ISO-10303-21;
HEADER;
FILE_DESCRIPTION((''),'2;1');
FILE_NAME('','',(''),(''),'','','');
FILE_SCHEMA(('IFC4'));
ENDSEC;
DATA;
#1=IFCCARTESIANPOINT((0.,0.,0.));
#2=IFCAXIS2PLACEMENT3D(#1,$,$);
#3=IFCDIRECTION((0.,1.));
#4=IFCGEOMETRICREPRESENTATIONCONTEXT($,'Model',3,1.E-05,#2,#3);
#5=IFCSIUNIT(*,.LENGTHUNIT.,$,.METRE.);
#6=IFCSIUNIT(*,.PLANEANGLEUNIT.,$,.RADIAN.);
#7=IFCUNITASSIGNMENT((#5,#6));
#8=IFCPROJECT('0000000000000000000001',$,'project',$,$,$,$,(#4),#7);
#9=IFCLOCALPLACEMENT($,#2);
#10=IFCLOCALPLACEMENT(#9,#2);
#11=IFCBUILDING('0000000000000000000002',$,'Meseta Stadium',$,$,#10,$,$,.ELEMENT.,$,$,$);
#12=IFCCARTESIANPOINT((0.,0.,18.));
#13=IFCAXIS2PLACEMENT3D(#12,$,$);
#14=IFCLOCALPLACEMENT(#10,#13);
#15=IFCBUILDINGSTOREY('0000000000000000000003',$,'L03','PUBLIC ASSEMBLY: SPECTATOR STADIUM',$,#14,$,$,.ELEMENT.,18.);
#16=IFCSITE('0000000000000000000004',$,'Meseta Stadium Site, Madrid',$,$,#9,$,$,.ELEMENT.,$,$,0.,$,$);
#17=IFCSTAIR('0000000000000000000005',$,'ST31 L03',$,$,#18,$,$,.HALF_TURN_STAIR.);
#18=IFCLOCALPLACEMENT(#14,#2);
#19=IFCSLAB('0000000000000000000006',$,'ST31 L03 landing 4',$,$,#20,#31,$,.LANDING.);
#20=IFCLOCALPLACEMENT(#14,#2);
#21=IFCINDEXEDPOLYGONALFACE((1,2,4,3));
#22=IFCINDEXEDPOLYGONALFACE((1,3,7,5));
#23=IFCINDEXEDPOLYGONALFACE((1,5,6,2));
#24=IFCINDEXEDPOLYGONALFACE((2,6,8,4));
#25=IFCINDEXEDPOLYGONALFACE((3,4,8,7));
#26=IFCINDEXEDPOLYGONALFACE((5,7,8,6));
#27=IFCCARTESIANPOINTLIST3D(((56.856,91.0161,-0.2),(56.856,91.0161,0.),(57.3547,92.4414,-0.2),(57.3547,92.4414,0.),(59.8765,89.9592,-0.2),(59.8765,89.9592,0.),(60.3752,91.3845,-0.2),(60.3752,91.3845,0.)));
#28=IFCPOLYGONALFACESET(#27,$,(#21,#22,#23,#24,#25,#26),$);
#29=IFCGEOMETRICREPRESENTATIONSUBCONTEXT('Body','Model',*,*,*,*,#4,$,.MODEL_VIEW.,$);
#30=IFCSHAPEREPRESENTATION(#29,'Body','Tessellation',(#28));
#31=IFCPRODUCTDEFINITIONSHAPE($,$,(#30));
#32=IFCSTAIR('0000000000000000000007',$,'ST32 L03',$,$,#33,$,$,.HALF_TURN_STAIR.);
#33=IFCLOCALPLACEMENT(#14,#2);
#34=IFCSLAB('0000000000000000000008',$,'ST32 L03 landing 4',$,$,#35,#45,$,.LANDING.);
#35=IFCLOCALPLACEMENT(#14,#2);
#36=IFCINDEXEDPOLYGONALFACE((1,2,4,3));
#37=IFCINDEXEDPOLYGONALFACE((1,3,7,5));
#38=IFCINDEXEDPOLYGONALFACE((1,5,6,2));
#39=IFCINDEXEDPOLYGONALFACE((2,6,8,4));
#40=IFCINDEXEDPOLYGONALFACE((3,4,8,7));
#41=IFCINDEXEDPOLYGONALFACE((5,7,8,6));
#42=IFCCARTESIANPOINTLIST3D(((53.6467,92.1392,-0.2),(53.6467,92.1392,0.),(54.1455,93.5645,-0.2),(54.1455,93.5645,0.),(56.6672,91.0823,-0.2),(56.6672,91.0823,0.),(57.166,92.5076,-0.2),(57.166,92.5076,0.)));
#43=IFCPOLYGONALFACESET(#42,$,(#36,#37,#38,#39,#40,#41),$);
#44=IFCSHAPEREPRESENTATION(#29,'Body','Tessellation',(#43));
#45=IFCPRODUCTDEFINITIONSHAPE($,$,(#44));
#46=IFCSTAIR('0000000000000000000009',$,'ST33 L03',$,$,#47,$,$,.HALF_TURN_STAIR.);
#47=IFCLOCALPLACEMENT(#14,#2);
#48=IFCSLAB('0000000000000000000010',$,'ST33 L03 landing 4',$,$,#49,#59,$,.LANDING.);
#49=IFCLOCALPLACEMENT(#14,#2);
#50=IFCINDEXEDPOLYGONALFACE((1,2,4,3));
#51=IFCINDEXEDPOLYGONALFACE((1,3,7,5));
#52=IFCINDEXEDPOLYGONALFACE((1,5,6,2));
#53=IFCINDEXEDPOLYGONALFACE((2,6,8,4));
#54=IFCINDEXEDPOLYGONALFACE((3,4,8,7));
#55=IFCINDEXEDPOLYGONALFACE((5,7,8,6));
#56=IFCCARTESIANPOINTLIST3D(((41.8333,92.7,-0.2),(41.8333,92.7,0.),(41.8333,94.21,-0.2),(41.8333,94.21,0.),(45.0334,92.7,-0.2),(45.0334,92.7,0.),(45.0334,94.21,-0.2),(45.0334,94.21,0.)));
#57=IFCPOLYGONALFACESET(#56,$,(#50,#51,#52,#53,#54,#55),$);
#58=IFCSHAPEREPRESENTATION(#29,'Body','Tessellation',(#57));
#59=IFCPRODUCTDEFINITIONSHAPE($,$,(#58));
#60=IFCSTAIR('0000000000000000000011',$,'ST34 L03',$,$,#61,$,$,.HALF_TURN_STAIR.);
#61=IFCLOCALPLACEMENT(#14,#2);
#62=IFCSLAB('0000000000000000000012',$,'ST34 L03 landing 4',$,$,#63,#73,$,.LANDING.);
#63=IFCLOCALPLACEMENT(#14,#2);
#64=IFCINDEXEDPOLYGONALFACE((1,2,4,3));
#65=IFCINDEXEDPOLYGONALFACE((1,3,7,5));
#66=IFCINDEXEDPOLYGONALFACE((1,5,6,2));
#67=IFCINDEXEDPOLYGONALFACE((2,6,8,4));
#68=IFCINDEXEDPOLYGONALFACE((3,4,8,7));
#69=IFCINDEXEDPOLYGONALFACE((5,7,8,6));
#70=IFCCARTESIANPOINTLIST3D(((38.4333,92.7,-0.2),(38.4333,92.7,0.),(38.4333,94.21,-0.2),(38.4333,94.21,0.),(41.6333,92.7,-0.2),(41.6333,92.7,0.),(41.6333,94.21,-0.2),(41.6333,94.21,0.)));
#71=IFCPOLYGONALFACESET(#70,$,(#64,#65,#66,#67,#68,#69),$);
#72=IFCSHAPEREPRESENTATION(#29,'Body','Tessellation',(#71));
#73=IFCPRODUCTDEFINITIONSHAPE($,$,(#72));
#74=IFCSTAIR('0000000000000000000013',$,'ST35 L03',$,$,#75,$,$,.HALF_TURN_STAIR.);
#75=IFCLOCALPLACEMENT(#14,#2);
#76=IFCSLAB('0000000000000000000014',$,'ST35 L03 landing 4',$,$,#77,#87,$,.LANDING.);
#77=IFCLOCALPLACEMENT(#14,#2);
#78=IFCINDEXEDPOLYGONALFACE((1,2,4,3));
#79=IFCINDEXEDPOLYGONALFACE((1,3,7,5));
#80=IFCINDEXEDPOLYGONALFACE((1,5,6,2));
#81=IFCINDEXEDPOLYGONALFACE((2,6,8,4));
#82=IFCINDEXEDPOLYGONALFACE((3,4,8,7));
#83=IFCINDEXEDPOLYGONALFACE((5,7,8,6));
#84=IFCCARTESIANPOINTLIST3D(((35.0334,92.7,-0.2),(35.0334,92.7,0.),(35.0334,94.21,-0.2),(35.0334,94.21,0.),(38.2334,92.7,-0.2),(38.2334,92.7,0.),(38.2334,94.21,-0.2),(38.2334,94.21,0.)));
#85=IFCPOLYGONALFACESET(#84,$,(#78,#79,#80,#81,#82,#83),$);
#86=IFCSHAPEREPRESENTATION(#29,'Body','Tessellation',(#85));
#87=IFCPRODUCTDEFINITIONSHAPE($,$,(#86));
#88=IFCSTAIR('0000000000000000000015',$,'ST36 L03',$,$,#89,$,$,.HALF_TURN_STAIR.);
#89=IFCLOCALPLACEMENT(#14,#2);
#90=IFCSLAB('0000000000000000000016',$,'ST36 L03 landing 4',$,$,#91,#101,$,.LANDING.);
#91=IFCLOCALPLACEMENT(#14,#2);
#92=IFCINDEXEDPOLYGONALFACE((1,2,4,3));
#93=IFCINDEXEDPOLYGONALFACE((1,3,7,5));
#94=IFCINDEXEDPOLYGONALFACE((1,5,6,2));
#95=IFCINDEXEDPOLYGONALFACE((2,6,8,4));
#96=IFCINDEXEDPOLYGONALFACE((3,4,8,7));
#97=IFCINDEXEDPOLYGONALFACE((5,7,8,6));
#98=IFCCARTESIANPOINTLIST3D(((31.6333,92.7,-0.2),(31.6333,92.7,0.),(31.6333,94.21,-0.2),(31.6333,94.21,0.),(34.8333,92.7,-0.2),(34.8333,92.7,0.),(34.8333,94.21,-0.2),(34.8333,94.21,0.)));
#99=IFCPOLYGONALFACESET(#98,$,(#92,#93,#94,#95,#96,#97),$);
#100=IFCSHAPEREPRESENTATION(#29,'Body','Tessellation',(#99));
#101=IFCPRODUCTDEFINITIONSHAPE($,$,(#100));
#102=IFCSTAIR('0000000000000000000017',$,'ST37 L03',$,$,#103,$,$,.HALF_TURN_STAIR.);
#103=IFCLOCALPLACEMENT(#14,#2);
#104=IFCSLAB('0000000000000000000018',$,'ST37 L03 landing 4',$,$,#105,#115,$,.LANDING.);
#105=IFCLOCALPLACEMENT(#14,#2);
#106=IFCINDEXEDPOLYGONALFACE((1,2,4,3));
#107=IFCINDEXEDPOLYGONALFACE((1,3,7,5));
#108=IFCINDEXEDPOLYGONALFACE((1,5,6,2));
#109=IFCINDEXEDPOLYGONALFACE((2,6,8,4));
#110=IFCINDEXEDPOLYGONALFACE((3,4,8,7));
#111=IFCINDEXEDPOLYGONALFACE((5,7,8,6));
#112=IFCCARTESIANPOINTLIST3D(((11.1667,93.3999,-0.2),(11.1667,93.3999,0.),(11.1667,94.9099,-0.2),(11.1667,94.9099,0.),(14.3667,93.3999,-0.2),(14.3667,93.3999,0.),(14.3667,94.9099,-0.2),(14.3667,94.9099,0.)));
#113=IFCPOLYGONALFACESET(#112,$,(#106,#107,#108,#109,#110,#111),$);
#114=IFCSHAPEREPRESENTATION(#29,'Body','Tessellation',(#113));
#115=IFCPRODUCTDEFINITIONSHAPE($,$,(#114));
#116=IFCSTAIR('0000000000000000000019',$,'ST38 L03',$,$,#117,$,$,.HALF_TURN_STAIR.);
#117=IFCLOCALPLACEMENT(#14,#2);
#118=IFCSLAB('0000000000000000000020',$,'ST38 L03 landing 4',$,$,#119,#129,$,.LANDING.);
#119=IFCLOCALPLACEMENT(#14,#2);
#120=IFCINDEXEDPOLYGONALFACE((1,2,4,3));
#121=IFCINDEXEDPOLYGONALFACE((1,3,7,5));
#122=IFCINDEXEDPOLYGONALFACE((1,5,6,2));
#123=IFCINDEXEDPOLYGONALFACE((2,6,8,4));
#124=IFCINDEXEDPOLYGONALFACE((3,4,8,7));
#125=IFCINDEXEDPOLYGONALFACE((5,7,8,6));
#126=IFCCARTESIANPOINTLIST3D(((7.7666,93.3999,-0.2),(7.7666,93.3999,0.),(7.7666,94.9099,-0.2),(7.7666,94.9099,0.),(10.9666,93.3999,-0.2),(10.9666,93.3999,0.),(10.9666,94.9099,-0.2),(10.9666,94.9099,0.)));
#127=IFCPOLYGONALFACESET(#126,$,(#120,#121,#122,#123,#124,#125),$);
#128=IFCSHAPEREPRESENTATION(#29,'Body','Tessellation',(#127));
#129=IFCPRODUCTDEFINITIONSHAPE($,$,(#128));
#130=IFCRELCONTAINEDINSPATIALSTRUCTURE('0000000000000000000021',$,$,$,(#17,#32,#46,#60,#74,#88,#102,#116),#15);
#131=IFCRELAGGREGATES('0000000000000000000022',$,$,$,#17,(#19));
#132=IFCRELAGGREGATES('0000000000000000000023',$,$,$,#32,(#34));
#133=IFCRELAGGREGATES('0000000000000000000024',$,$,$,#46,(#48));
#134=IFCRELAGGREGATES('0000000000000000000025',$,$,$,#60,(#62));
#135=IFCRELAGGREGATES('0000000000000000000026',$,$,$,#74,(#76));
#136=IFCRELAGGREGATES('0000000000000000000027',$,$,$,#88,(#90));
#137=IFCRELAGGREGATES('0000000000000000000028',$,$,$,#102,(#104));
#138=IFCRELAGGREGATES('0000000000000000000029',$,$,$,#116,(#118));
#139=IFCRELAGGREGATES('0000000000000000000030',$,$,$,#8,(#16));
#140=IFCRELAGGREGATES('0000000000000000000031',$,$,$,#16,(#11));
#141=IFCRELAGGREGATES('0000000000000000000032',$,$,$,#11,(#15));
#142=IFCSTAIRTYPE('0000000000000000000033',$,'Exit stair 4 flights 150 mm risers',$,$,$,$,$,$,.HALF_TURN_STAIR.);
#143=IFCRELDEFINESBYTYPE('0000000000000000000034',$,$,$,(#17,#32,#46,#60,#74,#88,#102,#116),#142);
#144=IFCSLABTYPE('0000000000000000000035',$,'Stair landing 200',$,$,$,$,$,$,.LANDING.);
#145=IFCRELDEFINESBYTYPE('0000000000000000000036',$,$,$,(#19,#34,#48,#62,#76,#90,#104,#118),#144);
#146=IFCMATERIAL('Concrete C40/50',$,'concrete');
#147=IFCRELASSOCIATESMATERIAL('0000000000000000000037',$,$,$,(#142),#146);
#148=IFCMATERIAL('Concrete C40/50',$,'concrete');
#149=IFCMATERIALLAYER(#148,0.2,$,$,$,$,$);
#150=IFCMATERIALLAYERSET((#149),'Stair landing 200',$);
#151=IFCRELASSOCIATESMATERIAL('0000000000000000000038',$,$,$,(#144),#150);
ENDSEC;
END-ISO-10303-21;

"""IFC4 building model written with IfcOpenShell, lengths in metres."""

from ifc_helpers import new_model, si_unit, direction, frame, origin, place, context, subcontext, project, spatial, polyline, outline, extrude, material, layer, layer_set, type_object, element, aggregate, save


model = new_model("IFC4")

# Units and contexts
model_context = context("Model", 3, precision=1e-05, world=origin(), true_north=direction((0.0, 1.0)))
body_context = subcontext(model_context, "Body", "Model", "MODEL_VIEW")
ifc_project = project(units=[si_unit("LENGTHUNIT", "METRE"), si_unit("PLANEANGLEUNIT", "RADIAN")], contexts=[model_context])

# Site, building, storey
site_placement = place(None, origin())
site = spatial("IfcSite", under=ifc_project, at=site_placement, Name="Meseta Stadium Site, Madrid", CompositionType="ELEMENT", RefElevation=0.0)
building_placement = place(site_placement, origin())
building = spatial("IfcBuilding", under=site, at=building_placement, Name="Meseta Stadium", CompositionType="ELEMENT")
storey_placement = place(building_placement, frame((0.0, 0.0, 18.0)))
storey = spatial("IfcBuildingStorey", under=building, at=storey_placement, Name="L03", Description="PUBLIC ASSEMBLY: SPECTATOR STADIUM", CompositionType="ELEMENT", Elevation=18.0)

# Shared definitions
ifc_material_1 = material(Name="Concrete C40/50", Category="concrete")
stair_type = type_object("IfcStairType", Name="Exit stair 4 flights 150 mm risers", PredefinedType="HALF_TURN_STAIR", material=ifc_material_1)
ifc_material_2 = material(Name="Concrete C40/50", Category="concrete")
ifc_layer = layer(ifc_material_2, 0.2)
ifc_layer_set = layer_set([ifc_layer], Name="Stair landing 200")
slab_type = type_object("IfcSlabType", Name="Stair landing 200", PredefinedType="LANDING", material=ifc_layer_set)

# Stairs, slabs
stair_1_placement = place(storey_placement, origin())
stair_1 = element("IfcStair", 1, at=stair_1_placement, inside=storey, type_object=stair_type, Name="ST31 L03", PredefinedType="HALF_TURN_STAIR")
slab_1_placement = place(storey_placement, frame((0.0, 0.0, -0.2)))
slab_1 = element("IfcSlab", 2, at=slab_1_placement, type_object=slab_type, Name="ST31 L03 landing 4", PredefinedType="LANDING", context=body_context, shape_type="SweptSolid", body=[
    extrude(outline(polyline([(59.8765, 89.9592), (60.3752, 91.3845), (57.3547, 92.4414), (56.856, 91.0161), (59.8765, 89.9592)])), origin(), (0.0, 0.0, 1.0), 0.2),
])
aggregate(stair_1, [slab_1])
stair_2_placement = place(storey_placement, origin())
stair_2 = element("IfcStair", 3, at=stair_2_placement, inside=storey, type_object=stair_type, Name="ST32 L03", PredefinedType="HALF_TURN_STAIR")
slab_2_placement = place(storey_placement, frame((0.0, 0.0, -0.2)))
slab_2 = element("IfcSlab", 4, at=slab_2_placement, type_object=slab_type, Name="ST32 L03 landing 4", PredefinedType="LANDING", context=body_context, shape_type="SweptSolid", body=[
    extrude(outline(polyline([(56.6672, 91.0823), (57.166, 92.5076), (54.1455, 93.5645), (53.6467, 92.1392), (56.6672, 91.0823)])), origin(), (0.0, 0.0, 1.0), 0.2),
])
aggregate(stair_2, [slab_2])
stair_3_placement = place(storey_placement, origin())
stair_3 = element("IfcStair", 5, at=stair_3_placement, inside=storey, type_object=stair_type, Name="ST33 L03", PredefinedType="HALF_TURN_STAIR")
slab_3_placement = place(storey_placement, frame((0.0, 0.0, -0.2)))
slab_3 = element("IfcSlab", 6, at=slab_3_placement, type_object=slab_type, Name="ST33 L03 landing 4", PredefinedType="LANDING", context=body_context, shape_type="SweptSolid", body=[
    extrude(outline(polyline([(45.0334, 92.7), (45.0334, 94.21), (41.8333, 94.21), (41.8333, 92.7), (45.0334, 92.7)])), origin(), (0.0, 0.0, 1.0), 0.2),
])
aggregate(stair_3, [slab_3])
stair_4_placement = place(storey_placement, origin())
stair_4 = element("IfcStair", 7, at=stair_4_placement, inside=storey, type_object=stair_type, Name="ST34 L03", PredefinedType="HALF_TURN_STAIR")
slab_4_placement = place(storey_placement, frame((0.0, 0.0, -0.2)))
slab_4 = element("IfcSlab", 8, at=slab_4_placement, type_object=slab_type, Name="ST34 L03 landing 4", PredefinedType="LANDING", context=body_context, shape_type="SweptSolid", body=[
    extrude(outline(polyline([(41.6333, 92.7), (41.6333, 94.21), (38.4333, 94.21), (38.4333, 92.7), (41.6333, 92.7)])), origin(), (0.0, 0.0, 1.0), 0.2),
])
aggregate(stair_4, [slab_4])
stair_5_placement = place(storey_placement, origin())
stair_5 = element("IfcStair", 9, at=stair_5_placement, inside=storey, type_object=stair_type, Name="ST35 L03", PredefinedType="HALF_TURN_STAIR")
slab_5_placement = place(storey_placement, frame((0.0, 0.0, -0.2)))
slab_5 = element("IfcSlab", 10, at=slab_5_placement, type_object=slab_type, Name="ST35 L03 landing 4", PredefinedType="LANDING", context=body_context, shape_type="SweptSolid", body=[
    extrude(outline(polyline([(38.2334, 92.7), (38.2334, 94.21), (35.0334, 94.21), (35.0334, 92.7), (38.2334, 92.7)])), origin(), (0.0, 0.0, 1.0), 0.2),
])
aggregate(stair_5, [slab_5])
stair_6_placement = place(storey_placement, origin())
stair_6 = element("IfcStair", 11, at=stair_6_placement, inside=storey, type_object=stair_type, Name="ST36 L03", PredefinedType="HALF_TURN_STAIR")
slab_6_placement = place(storey_placement, frame((0.0, 0.0, -0.2)))
slab_6 = element("IfcSlab", 12, at=slab_6_placement, type_object=slab_type, Name="ST36 L03 landing 4", PredefinedType="LANDING", context=body_context, shape_type="SweptSolid", body=[
    extrude(outline(polyline([(34.8333, 92.7), (34.8333, 94.21), (31.6333, 94.21), (31.6333, 92.7), (34.8333, 92.7)])), origin(), (0.0, 0.0, 1.0), 0.2),
])
aggregate(stair_6, [slab_6])
stair_7_placement = place(storey_placement, origin())
stair_7 = element("IfcStair", 13, at=stair_7_placement, inside=storey, type_object=stair_type, Name="ST37 L03", PredefinedType="HALF_TURN_STAIR")
slab_7_placement = place(storey_placement, frame((0.0, 0.0, -0.2)))
slab_7 = element("IfcSlab", 14, at=slab_7_placement, type_object=slab_type, Name="ST37 L03 landing 4", PredefinedType="LANDING", context=body_context, shape_type="SweptSolid", body=[
    extrude(outline(polyline([(14.3667, 93.3999), (14.3667, 94.9099), (11.1667, 94.9099), (11.1667, 93.3999), (14.3667, 93.3999)])), origin(), (0.0, 0.0, 1.0), 0.2),
])
aggregate(stair_7, [slab_7])
stair_8_placement = place(storey_placement, origin())
stair_8 = element("IfcStair", 15, at=stair_8_placement, inside=storey, type_object=stair_type, Name="ST38 L03", PredefinedType="HALF_TURN_STAIR")
slab_8_placement = place(storey_placement, frame((0.0, 0.0, -0.2)))
slab_8 = element("IfcSlab", 16, at=slab_8_placement, type_object=slab_type, Name="ST38 L03 landing 4", PredefinedType="LANDING", context=body_context, shape_type="SweptSolid", body=[
    extrude(outline(polyline([(10.9666, 93.3999), (10.9666, 94.9099), (7.7666, 94.9099), (7.7666, 93.3999), (10.9666, 93.3999)])), origin(), (0.0, 0.0, 1.0), 0.2),
])
aggregate(stair_8, [slab_8])

save(model, "model.ifc")
